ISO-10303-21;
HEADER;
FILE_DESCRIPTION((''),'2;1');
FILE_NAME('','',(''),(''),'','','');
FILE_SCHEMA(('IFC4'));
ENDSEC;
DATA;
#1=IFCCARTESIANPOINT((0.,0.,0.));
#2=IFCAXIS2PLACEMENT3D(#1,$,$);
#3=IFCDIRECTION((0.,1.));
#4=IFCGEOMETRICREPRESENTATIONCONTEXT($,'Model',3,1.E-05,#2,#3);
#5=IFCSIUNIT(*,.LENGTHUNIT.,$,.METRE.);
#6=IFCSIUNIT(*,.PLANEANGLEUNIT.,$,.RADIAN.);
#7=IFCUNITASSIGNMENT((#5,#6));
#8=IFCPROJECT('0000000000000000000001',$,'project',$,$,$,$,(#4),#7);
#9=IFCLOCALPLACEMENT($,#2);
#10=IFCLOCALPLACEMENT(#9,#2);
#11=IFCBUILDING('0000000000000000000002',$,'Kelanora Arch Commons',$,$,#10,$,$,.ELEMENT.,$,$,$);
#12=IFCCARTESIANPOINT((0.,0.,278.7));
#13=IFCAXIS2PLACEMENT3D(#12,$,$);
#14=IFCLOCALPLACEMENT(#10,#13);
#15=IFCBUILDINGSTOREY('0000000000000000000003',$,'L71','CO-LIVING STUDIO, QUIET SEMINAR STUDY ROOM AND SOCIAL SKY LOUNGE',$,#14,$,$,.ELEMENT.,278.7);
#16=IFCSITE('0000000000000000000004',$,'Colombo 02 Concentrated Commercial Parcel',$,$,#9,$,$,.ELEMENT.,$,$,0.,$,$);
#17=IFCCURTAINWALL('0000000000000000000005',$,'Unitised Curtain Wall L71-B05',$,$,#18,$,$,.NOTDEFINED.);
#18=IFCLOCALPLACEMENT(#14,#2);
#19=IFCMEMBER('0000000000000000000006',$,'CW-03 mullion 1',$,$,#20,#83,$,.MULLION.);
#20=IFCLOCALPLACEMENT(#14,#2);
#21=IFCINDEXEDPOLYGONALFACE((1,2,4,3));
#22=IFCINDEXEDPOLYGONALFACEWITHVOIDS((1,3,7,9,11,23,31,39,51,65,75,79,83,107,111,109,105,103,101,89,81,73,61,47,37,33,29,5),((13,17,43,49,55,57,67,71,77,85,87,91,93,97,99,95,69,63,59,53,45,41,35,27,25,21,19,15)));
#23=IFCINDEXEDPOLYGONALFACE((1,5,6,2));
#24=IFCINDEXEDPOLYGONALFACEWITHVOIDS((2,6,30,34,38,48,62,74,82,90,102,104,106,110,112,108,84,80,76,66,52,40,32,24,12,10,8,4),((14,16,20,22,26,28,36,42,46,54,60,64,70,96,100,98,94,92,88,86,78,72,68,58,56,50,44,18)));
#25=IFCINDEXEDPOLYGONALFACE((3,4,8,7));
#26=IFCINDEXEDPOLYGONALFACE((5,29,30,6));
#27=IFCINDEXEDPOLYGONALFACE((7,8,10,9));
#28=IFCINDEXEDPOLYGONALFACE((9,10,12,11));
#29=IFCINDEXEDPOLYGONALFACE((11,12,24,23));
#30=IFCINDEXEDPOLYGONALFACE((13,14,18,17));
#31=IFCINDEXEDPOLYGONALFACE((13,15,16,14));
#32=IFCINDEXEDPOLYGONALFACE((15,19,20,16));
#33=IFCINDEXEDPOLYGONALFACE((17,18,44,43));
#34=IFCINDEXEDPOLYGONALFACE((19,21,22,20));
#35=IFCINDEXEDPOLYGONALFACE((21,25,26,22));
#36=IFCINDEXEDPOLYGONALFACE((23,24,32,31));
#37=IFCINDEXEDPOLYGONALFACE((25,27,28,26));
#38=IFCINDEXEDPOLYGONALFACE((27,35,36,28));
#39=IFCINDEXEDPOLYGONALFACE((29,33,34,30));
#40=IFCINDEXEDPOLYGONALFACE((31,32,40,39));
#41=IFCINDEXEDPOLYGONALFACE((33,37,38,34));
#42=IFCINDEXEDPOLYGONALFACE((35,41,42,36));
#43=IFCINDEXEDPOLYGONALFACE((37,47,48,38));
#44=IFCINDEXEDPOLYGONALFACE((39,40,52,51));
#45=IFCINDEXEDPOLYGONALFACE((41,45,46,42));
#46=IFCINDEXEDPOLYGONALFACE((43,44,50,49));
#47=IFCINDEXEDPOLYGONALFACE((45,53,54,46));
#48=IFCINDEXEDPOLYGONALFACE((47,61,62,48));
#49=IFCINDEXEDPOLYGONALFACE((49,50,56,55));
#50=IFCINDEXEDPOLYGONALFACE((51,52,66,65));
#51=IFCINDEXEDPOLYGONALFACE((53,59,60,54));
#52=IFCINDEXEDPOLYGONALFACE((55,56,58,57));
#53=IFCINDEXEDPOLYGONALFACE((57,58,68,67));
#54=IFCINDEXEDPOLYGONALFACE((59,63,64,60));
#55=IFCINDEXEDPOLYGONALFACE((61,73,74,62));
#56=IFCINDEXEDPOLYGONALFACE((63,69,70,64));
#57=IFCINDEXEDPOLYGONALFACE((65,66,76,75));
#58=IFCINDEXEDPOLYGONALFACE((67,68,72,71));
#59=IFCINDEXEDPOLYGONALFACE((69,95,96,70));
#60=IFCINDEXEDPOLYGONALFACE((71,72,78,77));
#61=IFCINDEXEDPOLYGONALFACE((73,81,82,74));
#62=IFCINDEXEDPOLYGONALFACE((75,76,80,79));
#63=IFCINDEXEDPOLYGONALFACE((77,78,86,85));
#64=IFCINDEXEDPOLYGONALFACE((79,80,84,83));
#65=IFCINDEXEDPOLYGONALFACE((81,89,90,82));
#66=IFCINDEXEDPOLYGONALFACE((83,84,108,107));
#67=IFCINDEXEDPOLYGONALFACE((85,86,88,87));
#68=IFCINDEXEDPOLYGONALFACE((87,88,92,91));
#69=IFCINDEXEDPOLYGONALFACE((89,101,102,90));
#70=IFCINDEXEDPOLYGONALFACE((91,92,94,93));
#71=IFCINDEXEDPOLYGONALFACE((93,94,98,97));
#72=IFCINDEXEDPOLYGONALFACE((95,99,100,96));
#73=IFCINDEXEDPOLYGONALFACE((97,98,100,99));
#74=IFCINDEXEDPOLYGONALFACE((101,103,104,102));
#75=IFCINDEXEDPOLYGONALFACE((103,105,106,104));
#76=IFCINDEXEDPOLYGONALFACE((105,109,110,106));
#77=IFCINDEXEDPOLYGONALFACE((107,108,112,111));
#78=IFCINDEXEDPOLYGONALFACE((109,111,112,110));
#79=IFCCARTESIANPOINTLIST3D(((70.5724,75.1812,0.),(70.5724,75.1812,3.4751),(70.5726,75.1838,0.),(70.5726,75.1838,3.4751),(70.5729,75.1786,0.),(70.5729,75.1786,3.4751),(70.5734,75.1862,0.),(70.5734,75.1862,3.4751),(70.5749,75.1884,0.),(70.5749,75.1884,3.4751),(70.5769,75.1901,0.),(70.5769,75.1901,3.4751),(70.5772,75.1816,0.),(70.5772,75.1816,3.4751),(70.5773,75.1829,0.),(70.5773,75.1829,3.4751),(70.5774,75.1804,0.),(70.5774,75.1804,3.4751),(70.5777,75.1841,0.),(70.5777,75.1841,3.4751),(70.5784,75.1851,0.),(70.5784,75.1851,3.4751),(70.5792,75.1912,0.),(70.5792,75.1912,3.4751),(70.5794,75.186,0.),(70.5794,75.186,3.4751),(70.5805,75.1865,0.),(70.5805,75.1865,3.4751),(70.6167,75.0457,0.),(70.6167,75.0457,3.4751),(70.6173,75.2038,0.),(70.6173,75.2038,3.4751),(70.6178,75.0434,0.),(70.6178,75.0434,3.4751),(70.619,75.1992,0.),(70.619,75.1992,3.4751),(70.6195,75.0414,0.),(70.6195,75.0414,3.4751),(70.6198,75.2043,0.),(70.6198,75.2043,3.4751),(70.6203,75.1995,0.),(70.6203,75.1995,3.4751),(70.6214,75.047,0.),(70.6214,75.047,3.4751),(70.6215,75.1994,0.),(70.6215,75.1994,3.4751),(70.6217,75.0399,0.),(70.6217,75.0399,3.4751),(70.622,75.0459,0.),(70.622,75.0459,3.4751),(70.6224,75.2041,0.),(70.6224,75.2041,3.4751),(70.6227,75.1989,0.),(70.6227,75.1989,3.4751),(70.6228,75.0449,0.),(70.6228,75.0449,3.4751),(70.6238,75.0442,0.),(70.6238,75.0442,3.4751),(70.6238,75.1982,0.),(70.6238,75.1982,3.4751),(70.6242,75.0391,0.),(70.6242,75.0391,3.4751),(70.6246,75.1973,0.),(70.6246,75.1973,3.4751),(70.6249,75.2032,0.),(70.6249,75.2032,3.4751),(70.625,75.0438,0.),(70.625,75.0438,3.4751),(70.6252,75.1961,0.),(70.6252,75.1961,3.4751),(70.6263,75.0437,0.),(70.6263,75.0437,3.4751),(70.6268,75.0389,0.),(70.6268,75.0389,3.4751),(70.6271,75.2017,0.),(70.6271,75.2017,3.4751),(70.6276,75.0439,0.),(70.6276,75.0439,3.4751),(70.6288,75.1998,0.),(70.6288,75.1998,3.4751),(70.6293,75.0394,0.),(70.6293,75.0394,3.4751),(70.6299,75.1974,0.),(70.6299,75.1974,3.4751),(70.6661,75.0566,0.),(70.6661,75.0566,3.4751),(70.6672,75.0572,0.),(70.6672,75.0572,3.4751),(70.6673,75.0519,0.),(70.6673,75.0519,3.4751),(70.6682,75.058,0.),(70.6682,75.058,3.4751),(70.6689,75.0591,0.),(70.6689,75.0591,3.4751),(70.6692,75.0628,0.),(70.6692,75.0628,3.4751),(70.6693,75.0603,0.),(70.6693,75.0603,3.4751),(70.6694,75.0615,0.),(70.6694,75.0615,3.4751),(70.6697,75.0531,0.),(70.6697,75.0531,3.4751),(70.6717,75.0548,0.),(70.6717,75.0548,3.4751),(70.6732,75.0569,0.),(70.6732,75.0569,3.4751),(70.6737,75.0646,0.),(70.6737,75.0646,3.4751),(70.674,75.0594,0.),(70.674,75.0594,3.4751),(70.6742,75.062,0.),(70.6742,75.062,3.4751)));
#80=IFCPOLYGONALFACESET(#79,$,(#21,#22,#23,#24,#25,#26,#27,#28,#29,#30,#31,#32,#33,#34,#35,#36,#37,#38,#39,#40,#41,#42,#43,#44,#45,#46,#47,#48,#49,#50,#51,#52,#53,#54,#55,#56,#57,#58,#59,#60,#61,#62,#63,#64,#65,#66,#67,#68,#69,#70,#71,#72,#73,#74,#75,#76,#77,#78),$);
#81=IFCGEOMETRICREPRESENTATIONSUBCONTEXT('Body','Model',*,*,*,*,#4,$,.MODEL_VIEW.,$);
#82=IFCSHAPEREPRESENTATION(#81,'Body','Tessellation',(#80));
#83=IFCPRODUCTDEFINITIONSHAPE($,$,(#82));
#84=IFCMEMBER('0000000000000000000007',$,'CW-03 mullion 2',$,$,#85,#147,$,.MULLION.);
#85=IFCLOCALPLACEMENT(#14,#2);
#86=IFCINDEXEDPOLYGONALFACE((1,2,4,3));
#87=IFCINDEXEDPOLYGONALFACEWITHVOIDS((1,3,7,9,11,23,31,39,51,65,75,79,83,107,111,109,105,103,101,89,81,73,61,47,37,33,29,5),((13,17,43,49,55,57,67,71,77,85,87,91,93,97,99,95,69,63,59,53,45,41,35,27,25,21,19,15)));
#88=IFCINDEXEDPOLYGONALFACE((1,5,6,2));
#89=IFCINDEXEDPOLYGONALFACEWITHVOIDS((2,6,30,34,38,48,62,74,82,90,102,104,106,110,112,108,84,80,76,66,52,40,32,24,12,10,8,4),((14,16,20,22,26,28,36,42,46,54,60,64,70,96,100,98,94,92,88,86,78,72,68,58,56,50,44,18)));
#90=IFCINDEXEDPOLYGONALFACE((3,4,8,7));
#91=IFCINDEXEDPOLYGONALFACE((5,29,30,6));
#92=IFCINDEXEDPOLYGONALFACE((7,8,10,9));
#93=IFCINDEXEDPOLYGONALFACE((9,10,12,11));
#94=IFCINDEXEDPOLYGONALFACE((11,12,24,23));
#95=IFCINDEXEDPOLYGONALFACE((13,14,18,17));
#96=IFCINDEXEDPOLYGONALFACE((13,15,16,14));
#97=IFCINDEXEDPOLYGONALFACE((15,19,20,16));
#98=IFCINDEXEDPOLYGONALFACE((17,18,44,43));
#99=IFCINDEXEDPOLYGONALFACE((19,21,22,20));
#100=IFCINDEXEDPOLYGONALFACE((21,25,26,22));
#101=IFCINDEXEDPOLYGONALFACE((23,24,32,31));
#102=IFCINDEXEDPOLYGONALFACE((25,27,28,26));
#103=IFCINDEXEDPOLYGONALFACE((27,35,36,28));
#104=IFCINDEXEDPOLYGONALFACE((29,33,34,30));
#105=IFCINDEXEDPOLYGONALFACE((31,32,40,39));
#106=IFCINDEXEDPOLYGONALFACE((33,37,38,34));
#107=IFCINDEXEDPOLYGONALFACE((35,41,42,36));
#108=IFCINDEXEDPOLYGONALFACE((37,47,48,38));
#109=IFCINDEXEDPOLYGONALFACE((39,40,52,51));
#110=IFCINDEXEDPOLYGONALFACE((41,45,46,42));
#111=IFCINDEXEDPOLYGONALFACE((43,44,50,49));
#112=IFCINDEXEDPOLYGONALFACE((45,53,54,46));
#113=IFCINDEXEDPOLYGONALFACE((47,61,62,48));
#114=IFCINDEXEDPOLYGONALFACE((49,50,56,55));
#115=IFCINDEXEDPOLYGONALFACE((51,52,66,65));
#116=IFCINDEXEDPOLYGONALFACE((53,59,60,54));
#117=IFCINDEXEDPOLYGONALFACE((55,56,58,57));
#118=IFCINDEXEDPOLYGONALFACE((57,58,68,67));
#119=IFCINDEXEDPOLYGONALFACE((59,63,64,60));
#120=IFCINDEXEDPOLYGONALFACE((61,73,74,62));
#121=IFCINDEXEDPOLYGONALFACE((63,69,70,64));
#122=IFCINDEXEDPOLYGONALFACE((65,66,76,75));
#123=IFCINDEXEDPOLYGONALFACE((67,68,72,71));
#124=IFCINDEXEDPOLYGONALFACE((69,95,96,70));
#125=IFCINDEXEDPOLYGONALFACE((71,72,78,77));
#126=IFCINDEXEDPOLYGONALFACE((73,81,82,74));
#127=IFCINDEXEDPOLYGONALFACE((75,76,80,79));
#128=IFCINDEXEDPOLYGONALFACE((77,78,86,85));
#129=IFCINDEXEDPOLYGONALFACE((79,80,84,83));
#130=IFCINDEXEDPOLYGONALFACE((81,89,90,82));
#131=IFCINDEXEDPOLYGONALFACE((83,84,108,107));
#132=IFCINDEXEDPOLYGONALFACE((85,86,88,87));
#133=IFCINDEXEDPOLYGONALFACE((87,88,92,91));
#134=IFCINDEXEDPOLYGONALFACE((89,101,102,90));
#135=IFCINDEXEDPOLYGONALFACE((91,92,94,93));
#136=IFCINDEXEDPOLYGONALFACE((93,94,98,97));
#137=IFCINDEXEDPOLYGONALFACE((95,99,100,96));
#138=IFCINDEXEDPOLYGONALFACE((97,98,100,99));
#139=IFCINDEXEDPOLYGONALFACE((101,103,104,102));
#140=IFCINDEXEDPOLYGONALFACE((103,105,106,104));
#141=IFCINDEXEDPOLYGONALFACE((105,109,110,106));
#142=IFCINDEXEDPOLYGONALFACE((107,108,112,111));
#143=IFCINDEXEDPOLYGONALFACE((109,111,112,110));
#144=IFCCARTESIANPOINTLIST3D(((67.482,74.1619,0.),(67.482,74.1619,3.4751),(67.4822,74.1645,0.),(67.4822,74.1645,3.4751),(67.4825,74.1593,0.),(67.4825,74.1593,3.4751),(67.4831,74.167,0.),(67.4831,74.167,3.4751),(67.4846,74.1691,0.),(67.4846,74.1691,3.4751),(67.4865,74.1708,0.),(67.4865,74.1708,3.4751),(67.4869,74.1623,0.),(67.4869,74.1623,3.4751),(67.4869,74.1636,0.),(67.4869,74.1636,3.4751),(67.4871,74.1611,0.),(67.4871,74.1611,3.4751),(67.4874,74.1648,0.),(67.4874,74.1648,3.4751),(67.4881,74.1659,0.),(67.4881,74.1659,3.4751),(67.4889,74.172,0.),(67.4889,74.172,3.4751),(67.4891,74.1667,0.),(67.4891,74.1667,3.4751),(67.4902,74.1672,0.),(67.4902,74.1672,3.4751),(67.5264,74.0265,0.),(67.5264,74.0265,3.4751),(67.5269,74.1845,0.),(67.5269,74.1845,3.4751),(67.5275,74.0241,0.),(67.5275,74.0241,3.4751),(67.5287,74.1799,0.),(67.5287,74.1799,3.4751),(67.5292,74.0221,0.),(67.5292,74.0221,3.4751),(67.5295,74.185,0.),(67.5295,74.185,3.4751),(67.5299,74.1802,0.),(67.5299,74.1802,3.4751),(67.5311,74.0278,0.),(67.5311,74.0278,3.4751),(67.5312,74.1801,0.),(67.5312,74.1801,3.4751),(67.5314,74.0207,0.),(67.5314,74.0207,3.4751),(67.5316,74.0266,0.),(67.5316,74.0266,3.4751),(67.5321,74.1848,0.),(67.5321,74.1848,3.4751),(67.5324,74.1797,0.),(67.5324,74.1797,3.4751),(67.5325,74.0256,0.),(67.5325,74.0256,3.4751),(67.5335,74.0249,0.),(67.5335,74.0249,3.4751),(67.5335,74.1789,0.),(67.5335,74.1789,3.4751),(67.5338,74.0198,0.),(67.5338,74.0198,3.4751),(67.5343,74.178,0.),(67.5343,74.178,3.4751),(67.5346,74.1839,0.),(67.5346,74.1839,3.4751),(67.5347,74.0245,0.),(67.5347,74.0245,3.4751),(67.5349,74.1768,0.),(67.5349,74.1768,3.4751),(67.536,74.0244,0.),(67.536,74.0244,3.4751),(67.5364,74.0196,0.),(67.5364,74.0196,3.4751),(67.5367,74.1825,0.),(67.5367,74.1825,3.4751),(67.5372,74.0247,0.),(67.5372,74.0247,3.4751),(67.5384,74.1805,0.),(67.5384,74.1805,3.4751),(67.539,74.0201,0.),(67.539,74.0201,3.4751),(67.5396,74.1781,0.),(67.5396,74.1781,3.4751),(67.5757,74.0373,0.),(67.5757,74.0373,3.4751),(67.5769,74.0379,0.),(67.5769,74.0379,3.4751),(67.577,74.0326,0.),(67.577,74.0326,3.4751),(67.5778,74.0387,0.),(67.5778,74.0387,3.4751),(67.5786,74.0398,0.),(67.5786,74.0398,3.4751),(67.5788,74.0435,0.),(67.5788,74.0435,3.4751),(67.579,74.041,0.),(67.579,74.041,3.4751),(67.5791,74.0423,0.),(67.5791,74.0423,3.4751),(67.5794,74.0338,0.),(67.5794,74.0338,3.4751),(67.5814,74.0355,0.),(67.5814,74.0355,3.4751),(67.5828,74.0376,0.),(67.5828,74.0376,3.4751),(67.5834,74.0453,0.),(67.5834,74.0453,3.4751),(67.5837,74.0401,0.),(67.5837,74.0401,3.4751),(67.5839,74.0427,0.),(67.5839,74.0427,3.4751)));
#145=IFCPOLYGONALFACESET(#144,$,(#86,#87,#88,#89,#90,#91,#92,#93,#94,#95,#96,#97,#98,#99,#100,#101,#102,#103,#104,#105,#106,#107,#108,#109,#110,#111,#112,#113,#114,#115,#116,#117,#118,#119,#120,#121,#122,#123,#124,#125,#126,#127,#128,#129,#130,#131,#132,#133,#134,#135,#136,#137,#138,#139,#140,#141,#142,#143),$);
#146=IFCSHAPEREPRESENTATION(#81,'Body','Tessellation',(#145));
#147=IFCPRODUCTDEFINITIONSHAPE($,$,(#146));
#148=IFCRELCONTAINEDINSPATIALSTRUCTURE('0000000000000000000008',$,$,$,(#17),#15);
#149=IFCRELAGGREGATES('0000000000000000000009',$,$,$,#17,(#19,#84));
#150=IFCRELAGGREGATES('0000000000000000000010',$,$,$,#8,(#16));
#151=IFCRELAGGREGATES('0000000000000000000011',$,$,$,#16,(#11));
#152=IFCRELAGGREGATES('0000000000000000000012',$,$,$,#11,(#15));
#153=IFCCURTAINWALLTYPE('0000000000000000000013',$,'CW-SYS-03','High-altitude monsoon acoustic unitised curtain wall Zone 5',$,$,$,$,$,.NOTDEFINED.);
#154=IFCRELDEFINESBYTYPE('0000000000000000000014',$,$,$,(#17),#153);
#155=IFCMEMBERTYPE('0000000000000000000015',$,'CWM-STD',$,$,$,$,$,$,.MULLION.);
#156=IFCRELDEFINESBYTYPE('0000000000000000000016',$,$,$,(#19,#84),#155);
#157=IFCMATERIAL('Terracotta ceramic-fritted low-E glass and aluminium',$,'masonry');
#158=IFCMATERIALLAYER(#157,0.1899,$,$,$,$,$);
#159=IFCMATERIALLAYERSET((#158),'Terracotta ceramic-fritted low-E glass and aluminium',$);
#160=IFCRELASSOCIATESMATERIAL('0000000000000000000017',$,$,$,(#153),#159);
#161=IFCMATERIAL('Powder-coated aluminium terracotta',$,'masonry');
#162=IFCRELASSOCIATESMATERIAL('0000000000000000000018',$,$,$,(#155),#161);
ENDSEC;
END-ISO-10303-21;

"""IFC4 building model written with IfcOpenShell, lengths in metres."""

from ifc_helpers import new_model, si_unit, direction, frame, origin, origin_2d, place, context, subcontext, project, spatial, hollow_rectangle, extrude, material, layer, layer_set, material_profile, profile_set, type_object, element, aggregate, save


model = new_model("IFC4")

# Units and contexts
model_context = context("Model", 3, precision=1e-05, world=origin(), true_north=direction((0.0, 1.0)))
body_context = subcontext(model_context, "Body", "Model", "MODEL_VIEW")
ifc_project = project(units=[si_unit("LENGTHUNIT", "METRE"), si_unit("PLANEANGLEUNIT", "RADIAN")], contexts=[model_context])

# Site, building, storey
site_placement = place(None, origin())
site = spatial("IfcSite", under=ifc_project, at=site_placement, Name="Colombo 02 Concentrated Commercial Parcel", CompositionType="ELEMENT", RefElevation=0.0)
building_placement = place(site_placement, origin())
building = spatial("IfcBuilding", under=site, at=building_placement, Name="Kelanora Arch Commons", CompositionType="ELEMENT")
storey_placement = place(building_placement, frame((0.0, 0.0, 278.7)))
storey = spatial("IfcBuildingStorey", under=building, at=storey_placement, Name="L71", Description="CO-LIVING STUDIO, QUIET SEMINAR STUDY ROOM AND SOCIAL SKY LOUNGE", CompositionType="ELEMENT", Elevation=278.7)

# Curtain wall, members
ifc_material_1 = material(Name="Terracotta ceramic-fritted low-E glass and aluminium", Category="masonry")
ifc_layer_1 = layer(ifc_material_1, 0.1899)
ifc_layer_set_1 = layer_set([ifc_layer_1], Name="Terracotta ceramic-fritted low-E glass and aluminium")
curtain_wall_type = type_object("IfcCurtainWallType", Name="CW-SYS-03", Description="High-altitude monsoon acoustic unitised curtain wall Zone 5", PredefinedType="NOTDEFINED", material=ifc_layer_set_1)
curtain_wall_placement = place(storey_placement, origin())
curtain_wall = element("IfcCurtainWall", 1, at=curtain_wall_placement, inside=storey, type_object=curtain_wall_type, Name="Unitised Curtain Wall L71-B05", PredefinedType="NOTDEFINED")
ifc_material_2 = material(Name="Powder-coated aluminium terracotta", Category="masonry")
ifc_material_profile_1 = material_profile(ifc_material_2, hollow_rectangle(XDim=0.1599, YDim=0.0601, WallThickness=0.0049, InnerFilletRadius=0.0049, OuterFilletRadius=0.01, at=origin_2d()), Name="CWM160x60")
ifc_profile_set_1 = profile_set([ifc_material_profile_1], Name="Powder-coated aluminium terracotta")
member_type_1 = type_object("IfcMemberType", Name="CWM-STD", PredefinedType="MULLION", material=ifc_profile_set_1)
member_1_placement = place(storey_placement, frame((70.6233, 75.1216, 0.0), z_axis=(0.0, 0.0, 1.0), x_axis=(0.313253, -0.94967, 0.0)))
member_1 = element("IfcMember", 2, at=member_1_placement, type_object=member_type_1, Name="CW-03 mullion 1", PredefinedType="MULLION", context=body_context, shape_type="SweptSolid", body=[
    extrude(hollow_rectangle(XDim=0.1599, YDim=0.0601, WallThickness=0.0049, InnerFilletRadius=0.0049, OuterFilletRadius=0.01, at=origin_2d()), origin(), (0.0, 0.0, 1.0), 3.4751),
])
member_2_placement = place(storey_placement, frame((67.533, 74.1023, 0.0), z_axis=(0.0, 0.0, 1.0), x_axis=(0.313253, -0.94967, 0.0)))
member_2 = element("IfcMember", 3, at=member_2_placement, type_object=member_type_1, Name="CW-03 mullion 2", PredefinedType="MULLION", context=body_context, shape_type="SweptSolid", body=[
    extrude(hollow_rectangle(XDim=0.1599, YDim=0.0601, WallThickness=0.0049, InnerFilletRadius=0.0049, OuterFilletRadius=0.01, at=origin_2d()), origin(), (0.0, 0.0, 1.0), 3.4751),
])
aggregate(curtain_wall, [member_1, member_2])

save(model, "model.ifc")
